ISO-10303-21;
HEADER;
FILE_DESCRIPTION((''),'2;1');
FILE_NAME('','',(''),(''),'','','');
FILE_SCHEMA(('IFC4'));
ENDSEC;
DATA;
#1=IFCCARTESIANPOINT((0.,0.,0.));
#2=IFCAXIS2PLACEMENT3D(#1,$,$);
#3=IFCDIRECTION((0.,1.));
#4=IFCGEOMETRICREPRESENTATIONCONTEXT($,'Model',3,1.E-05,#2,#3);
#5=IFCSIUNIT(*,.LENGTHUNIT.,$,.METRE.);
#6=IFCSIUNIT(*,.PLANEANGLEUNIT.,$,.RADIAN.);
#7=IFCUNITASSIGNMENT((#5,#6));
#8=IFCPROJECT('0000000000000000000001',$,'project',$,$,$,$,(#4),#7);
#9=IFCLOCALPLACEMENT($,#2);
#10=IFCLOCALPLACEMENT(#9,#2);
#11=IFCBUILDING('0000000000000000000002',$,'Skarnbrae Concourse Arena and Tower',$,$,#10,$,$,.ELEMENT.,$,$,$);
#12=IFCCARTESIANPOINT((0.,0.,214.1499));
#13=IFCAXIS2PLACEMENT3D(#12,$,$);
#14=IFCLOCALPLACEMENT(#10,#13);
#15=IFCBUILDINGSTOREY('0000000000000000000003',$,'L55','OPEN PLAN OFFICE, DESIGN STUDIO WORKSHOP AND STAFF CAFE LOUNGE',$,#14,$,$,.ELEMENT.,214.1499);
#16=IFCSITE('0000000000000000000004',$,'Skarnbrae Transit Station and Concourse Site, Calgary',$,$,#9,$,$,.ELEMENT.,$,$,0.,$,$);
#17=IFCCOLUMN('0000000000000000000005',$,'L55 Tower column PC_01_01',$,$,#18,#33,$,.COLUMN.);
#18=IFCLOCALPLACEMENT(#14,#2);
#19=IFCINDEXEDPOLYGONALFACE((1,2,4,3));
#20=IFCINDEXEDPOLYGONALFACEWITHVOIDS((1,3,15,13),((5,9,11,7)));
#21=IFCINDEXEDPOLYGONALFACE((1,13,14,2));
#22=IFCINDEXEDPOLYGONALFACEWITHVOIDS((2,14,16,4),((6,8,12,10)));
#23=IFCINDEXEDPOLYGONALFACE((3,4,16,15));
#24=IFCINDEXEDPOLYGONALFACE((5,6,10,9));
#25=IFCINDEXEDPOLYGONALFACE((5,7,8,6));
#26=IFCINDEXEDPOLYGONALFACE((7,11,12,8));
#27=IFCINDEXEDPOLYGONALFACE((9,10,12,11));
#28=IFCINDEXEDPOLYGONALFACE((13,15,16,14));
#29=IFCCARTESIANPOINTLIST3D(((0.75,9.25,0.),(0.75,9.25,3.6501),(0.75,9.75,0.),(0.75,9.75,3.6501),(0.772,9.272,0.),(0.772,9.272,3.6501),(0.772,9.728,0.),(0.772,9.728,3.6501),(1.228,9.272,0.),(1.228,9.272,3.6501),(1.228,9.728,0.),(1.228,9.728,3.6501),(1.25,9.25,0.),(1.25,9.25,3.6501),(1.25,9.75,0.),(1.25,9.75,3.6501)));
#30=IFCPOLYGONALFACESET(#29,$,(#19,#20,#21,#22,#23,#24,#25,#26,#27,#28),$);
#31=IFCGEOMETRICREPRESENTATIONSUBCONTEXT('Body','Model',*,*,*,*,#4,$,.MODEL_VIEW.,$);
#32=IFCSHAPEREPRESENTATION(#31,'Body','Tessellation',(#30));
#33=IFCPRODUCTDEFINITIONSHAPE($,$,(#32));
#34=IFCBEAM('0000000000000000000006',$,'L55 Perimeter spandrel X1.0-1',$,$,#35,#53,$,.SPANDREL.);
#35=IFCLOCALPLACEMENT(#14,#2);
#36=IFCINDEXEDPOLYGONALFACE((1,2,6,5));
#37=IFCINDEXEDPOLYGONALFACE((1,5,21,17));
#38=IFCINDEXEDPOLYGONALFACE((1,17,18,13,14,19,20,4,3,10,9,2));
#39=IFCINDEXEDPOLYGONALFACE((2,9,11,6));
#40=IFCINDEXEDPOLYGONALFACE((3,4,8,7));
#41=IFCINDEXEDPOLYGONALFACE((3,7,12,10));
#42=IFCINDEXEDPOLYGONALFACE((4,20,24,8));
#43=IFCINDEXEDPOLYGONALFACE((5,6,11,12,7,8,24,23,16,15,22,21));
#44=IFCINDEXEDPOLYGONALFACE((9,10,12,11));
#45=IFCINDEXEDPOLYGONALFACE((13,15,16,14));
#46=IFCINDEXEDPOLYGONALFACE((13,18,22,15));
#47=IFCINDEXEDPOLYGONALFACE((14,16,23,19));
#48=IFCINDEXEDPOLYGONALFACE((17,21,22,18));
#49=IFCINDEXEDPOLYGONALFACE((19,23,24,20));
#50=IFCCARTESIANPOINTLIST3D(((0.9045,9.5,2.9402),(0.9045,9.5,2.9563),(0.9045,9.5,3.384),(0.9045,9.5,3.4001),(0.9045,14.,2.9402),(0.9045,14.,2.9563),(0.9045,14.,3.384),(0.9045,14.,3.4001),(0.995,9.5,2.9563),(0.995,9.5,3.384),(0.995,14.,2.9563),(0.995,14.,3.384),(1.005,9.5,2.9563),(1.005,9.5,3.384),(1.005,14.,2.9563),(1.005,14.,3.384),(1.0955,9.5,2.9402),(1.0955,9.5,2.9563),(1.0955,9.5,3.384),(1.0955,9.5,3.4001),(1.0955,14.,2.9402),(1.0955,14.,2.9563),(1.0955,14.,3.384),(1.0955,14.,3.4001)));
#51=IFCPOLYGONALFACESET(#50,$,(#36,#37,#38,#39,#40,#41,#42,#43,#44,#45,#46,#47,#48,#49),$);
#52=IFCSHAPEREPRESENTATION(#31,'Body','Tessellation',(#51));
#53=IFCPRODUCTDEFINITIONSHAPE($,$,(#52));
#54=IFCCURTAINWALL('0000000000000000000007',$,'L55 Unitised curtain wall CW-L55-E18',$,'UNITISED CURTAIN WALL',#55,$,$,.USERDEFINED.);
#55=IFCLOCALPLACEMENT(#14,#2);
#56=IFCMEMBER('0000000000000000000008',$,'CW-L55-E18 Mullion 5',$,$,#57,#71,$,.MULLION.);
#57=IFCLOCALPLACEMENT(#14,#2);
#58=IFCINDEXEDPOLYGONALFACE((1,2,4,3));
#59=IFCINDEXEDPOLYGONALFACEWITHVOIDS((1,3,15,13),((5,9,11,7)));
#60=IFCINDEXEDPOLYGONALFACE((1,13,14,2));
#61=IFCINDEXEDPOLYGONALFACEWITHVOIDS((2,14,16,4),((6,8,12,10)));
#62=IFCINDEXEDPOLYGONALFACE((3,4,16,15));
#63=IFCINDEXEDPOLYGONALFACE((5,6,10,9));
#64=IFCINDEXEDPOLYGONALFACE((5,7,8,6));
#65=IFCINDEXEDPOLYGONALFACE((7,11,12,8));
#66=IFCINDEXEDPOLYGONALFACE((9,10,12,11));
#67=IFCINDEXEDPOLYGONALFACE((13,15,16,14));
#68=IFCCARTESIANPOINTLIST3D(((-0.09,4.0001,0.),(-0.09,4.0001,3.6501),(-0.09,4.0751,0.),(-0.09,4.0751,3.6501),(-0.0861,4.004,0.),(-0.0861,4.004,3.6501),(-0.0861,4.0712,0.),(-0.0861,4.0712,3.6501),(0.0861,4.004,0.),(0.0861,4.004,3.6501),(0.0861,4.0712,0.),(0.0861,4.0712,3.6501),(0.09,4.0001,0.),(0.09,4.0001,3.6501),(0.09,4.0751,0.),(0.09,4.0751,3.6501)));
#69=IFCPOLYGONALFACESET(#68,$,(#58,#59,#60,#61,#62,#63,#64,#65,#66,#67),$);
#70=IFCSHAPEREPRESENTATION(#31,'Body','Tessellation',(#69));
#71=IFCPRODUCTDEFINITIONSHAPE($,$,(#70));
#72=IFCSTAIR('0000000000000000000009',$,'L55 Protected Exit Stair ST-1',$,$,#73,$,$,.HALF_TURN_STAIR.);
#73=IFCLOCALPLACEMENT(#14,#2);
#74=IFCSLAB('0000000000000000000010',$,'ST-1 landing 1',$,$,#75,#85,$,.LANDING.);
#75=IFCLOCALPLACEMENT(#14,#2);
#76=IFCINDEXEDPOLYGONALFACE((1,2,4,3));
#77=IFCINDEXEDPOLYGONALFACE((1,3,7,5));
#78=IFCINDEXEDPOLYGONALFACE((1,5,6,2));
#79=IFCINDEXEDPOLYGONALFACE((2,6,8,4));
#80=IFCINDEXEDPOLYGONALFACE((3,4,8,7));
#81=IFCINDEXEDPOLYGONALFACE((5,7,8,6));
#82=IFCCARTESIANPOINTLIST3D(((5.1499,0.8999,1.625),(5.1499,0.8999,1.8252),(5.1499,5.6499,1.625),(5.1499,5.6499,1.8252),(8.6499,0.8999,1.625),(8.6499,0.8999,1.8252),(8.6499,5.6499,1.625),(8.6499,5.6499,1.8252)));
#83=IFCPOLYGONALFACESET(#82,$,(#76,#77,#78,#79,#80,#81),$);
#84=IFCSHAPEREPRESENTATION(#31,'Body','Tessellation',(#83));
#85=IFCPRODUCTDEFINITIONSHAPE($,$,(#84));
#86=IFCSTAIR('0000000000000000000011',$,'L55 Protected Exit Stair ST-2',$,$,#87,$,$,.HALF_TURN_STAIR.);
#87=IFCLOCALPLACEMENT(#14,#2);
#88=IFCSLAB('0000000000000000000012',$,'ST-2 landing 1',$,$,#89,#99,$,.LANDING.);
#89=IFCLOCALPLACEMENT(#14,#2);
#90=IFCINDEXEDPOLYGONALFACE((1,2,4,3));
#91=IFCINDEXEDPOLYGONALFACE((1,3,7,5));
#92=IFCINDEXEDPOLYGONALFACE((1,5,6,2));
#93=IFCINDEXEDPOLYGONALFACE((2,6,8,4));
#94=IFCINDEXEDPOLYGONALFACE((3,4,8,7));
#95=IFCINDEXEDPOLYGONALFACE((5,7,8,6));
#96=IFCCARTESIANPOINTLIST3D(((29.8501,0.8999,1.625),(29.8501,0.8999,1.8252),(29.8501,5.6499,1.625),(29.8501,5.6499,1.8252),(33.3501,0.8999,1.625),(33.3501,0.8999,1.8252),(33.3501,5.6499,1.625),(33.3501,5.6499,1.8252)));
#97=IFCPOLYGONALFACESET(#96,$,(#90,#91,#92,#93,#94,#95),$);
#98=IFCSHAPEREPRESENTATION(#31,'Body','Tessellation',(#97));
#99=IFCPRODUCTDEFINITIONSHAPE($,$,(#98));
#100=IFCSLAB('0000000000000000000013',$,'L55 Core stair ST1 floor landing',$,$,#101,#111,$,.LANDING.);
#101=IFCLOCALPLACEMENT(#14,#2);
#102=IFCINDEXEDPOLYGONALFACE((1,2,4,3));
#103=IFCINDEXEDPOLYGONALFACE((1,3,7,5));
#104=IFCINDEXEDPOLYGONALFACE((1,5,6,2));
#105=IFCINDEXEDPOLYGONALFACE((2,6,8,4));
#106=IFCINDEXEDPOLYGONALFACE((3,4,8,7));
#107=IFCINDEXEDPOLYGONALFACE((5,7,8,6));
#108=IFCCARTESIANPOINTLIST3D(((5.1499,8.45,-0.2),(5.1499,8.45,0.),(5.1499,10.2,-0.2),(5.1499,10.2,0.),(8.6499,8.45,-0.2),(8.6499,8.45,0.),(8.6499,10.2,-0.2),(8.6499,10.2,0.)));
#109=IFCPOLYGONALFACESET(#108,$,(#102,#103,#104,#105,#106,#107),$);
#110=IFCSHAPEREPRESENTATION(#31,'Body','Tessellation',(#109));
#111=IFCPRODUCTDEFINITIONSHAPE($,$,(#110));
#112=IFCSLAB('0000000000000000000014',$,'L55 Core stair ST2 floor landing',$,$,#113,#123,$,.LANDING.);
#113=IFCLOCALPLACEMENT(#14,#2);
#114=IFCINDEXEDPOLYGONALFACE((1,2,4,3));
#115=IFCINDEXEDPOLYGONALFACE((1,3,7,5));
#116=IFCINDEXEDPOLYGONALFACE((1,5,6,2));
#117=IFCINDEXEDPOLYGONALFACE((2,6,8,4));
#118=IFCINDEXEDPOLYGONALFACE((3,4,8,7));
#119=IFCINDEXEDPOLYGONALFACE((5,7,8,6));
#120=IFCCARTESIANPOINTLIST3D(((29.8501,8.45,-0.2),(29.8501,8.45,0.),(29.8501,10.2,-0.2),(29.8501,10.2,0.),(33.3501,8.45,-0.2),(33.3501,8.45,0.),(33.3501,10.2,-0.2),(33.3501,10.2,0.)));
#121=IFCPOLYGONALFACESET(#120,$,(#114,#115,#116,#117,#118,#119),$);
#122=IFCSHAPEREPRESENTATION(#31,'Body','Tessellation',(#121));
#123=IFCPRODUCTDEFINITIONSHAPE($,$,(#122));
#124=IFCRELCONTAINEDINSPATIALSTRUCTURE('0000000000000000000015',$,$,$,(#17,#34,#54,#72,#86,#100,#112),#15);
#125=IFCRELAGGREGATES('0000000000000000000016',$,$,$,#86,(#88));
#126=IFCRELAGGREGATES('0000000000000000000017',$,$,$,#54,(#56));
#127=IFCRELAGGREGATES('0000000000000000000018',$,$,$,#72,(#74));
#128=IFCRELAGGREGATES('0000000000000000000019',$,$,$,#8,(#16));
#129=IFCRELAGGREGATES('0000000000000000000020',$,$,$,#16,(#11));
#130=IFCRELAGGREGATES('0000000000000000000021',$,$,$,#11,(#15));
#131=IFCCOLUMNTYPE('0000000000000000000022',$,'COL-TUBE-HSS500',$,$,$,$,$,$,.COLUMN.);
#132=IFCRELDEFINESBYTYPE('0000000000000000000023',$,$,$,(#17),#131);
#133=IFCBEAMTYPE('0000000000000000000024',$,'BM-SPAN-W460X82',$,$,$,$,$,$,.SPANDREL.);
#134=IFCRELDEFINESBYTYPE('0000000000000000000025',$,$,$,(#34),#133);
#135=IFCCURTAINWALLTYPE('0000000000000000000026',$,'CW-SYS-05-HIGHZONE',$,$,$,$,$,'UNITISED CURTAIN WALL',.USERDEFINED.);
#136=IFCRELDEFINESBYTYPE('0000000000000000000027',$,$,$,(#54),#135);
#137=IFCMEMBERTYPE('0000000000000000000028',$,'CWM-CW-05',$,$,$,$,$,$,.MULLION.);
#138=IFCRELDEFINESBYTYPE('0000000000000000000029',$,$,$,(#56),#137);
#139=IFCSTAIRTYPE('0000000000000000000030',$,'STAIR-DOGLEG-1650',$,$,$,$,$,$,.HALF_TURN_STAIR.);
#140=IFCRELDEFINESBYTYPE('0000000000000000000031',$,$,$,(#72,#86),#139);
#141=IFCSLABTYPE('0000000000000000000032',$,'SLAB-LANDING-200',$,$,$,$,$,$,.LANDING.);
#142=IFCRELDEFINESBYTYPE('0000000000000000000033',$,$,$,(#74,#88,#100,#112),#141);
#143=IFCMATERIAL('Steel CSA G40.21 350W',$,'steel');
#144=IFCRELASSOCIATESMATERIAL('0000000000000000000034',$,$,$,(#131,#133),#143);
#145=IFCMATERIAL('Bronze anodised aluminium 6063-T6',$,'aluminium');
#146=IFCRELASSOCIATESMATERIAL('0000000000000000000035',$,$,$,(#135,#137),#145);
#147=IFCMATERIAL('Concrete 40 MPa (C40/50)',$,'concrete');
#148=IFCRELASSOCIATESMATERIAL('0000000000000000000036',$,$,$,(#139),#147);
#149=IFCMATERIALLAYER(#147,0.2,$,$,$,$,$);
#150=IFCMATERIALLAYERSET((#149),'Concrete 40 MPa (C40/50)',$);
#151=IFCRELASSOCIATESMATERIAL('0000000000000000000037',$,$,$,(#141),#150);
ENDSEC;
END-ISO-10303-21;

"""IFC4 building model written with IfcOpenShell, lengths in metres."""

from ifc_helpers import new_model, si_unit, direction, frame, origin, origin_2d, place, context, subcontext, project, spatial, polyline, hollow_rectangle, i_section, outline, extrude, source, transform, mapped, material, layer, layer_set, material_profile, profile_set, type_object, element, aggregate, save


model = new_model("IFC4")

# Units and contexts
model_context = context("Model", 3, precision=1e-05, world=origin(), true_north=direction((0.0, 1.0)))
body_context = subcontext(model_context, "Body", "Model", "MODEL_VIEW")
ifc_project = project(units=[si_unit("LENGTHUNIT", "METRE"), si_unit("PLANEANGLEUNIT", "RADIAN")], contexts=[model_context])

# Site, building, storey
site_placement = place(None, origin())
site = spatial("IfcSite", under=ifc_project, at=site_placement, Name="Skarnbrae Transit Station and Concourse Site, Calgary", CompositionType="ELEMENT", RefElevation=0.0)
building_placement = place(site_placement, origin())
building = spatial("IfcBuilding", under=site, at=building_placement, Name="Skarnbrae Concourse Arena and Tower", CompositionType="ELEMENT")
storey_placement = place(building_placement, frame((0.0, 0.0, 214.1499)))
storey = spatial("IfcBuildingStorey", under=building, at=storey_placement, Name="L55", Description="OPEN PLAN OFFICE, DESIGN STUDIO WORKSHOP AND STAFF CAFE LOUNGE", CompositionType="ELEMENT", Elevation=214.1499)

# Column
ifc_material_1 = material(Name="Steel CSA G40.21 350W", Category="steel")
ifc_material_profile_1 = material_profile(ifc_material_1, hollow_rectangle(XDim=0.5, YDim=0.5, WallThickness=0.022, at=origin_2d()), Name="HSS500X500X22.0")
ifc_profile_set_1 = profile_set([ifc_material_profile_1], Name="Steel CSA G40.21 350W")
column_type = type_object("IfcColumnType", Name="COL-TUBE-HSS500", PredefinedType="COLUMN", material=ifc_profile_set_1)
shared_shape_1 = source(origin(), body_context, "Body", "SweptSolid", [
    extrude(hollow_rectangle(XDim=0.5, YDim=0.5, WallThickness=0.022, at=origin_2d()), origin(), (0.0, 0.0, 1.0), 3.6501),
])
column_placement = place(storey_placement, frame((1.0, 9.5, 0.0), z_axis=(0.0, 0.0, 1.0), x_axis=(1.0, 0.0, 0.0)))
element("IfcColumn", 1, at=column_placement, inside=storey, type_object=column_type, Name="L55 Tower column PC_01_01", PredefinedType="COLUMN", context=body_context, shape_type="MappedRepresentation", body=[
    mapped(shared_shape_1, transform((0.0, 0.0, 0.0))),
])

# Beam
ifc_material_profile_2 = material_profile(ifc_material_1, i_section(OverallWidth=0.1909, OverallDepth=0.46, WebThickness=0.01, FlangeThickness=0.0161, at=origin_2d()), Name="W460X82")
ifc_profile_set_2 = profile_set([ifc_material_profile_2], Name="Steel CSA G40.21 350W")
beam_type = type_object("IfcBeamType", Name="BM-SPAN-W460X82", PredefinedType="SPANDREL", material=ifc_profile_set_2)
shared_shape_2 = source(origin(), body_context, "Body", "SweptSolid", [
    extrude(i_section(OverallWidth=0.1909, OverallDepth=0.46, WebThickness=0.01, FlangeThickness=0.0161, at=origin_2d()), origin(), (0.0, 0.0, 1.0), 4.5),
])
beam_placement = place(storey_placement, frame((1.0, 9.5, 3.1702), z_axis=(0.0, 1.0, 0.0), x_axis=(-1.0, 0.0, 0.0)))
element("IfcBeam", 2, at=beam_placement, inside=storey, type_object=beam_type, Name="L55 Perimeter spandrel X1.0-1", PredefinedType="SPANDREL", context=body_context, shape_type="MappedRepresentation", body=[
    mapped(shared_shape_2, transform((0.0, 0.0, 0.0))),
])

# Curtain wall, member
ifc_material_2 = material(Name="Bronze anodised aluminium 6063-T6", Category="aluminium")
curtain_wall_type = type_object("IfcCurtainWallType", Name="CW-SYS-05-HIGHZONE", ElementType="UNITISED CURTAIN WALL", PredefinedType="USERDEFINED", material=ifc_material_2)
curtain_wall_placement = place(storey_placement, origin())
curtain_wall = element("IfcCurtainWall", 3, at=curtain_wall_placement, inside=storey, type_object=curtain_wall_type, Name="L55 Unitised curtain wall CW-L55-E18", ObjectType="UNITISED CURTAIN WALL", PredefinedType="USERDEFINED")
ifc_material_profile_3 = material_profile(ifc_material_2, hollow_rectangle(XDim=0.075, YDim=0.1799, WallThickness=0.0039, at=origin_2d()), Name="ALU-MULL-75X180")
ifc_profile_set_3 = profile_set([ifc_material_profile_3], Name="Bronze anodised aluminium 6063-T6")
member_type = type_object("IfcMemberType", Name="CWM-CW-05", PredefinedType="MULLION", material=ifc_profile_set_3)
shared_shape_3 = source(origin(), body_context, "Body", "SweptSolid", [
    extrude(hollow_rectangle(XDim=0.075, YDim=0.1799, WallThickness=0.0039, at=origin_2d()), origin(), (0.0, 0.0, 1.0), 3.6501),
])
member_placement = place(storey_placement, frame((0.0, 4.0376, 0.0), z_axis=(0.0, 0.0, 1.0), x_axis=(0.0, -1.0, 0.0)))
member = element("IfcMember", 4, at=member_placement, type_object=member_type, Name="CW-L55-E18 Mullion 5", PredefinedType="MULLION", context=body_context, shape_type="MappedRepresentation", body=[
    mapped(shared_shape_3, transform((0.0, 0.0, 0.0))),
])

# Stairs, slabs
ifc_material_3 = material(Name="Concrete 40 MPa (C40/50)", Category="concrete")
stair_type = type_object("IfcStairType", Name="STAIR-DOGLEG-1650", PredefinedType="HALF_TURN_STAIR", material=ifc_material_3)
stair_1_placement = place(storey_placement, origin())
stair_1 = element("IfcStair", 5, at=stair_1_placement, inside=storey, type_object=stair_type, Name="L55 Protected Exit Stair ST-1", PredefinedType="HALF_TURN_STAIR")
ifc_layer_1 = layer(ifc_material_3, 0.2)
ifc_layer_set_1 = layer_set([ifc_layer_1], Name="Concrete 40 MPa (C40/50)")
slab_type_1 = type_object("IfcSlabType", Name="SLAB-LANDING-200", PredefinedType="LANDING", material=ifc_layer_set_1)
slab_1_placement = place(storey_placement, frame((0.0, 0.0, 1.625)))
slab_1 = element("IfcSlab", 6, at=slab_1_placement, type_object=slab_type_1, Name="ST-1 landing 1", PredefinedType="LANDING", context=body_context, shape_type="SweptSolid", body=[
    extrude(outline(polyline([(5.1499, 5.6499), (5.1499, 0.8999), (8.6499, 0.8999), (8.6499, 5.6499), (5.1499, 5.6499)])), origin(), (0.0, 0.0, 1.0), 0.2002),
])
stair_2_placement = place(storey_placement, origin())
stair_2 = element("IfcStair", 7, at=stair_2_placement, inside=storey, type_object=stair_type, Name="L55 Protected Exit Stair ST-2", PredefinedType="HALF_TURN_STAIR")
slab_2_placement = place(storey_placement, frame((0.0, 0.0, 1.625)))
slab_2 = element("IfcSlab", 8, at=slab_2_placement, type_object=slab_type_1, Name="ST-2 landing 1", PredefinedType="LANDING", context=body_context, shape_type="SweptSolid", body=[
    extrude(outline(polyline([(29.8501, 5.6499), (29.8501, 0.8999), (33.3501, 0.8999), (33.3501, 5.6499), (29.8501, 5.6499)])), origin(), (0.0, 0.0, 1.0), 0.2002),
])
aggregate(stair_2, [slab_2])

# Slabs
slab_3_placement = place(storey_placement, frame((0.0, 0.0, -0.2)))
element("IfcSlab", 9, at=slab_3_placement, inside=storey, type_object=slab_type_1, Name="L55 Core stair ST1 floor landing", PredefinedType="LANDING", context=body_context, shape_type="SweptSolid", body=[
    extrude(outline(polyline([(5.1499, 10.2), (5.1499, 8.45), (8.6499, 8.45), (8.6499, 10.2), (5.1499, 10.2)])), origin(), (0.0, 0.0, 1.0), 0.2),
])
slab_4_placement = place(storey_placement, frame((0.0, 0.0, -0.2)))
element("IfcSlab", 10, at=slab_4_placement, inside=storey, type_object=slab_type_1, Name="L55 Core stair ST2 floor landing", PredefinedType="LANDING", context=body_context, shape_type="SweptSolid", body=[
    extrude(outline(polyline([(29.8501, 10.2), (29.8501, 8.45), (33.3501, 8.45), (33.3501, 10.2), (29.8501, 10.2)])), origin(), (0.0, 0.0, 1.0), 0.2),
])

aggregate(curtain_wall, [member])

aggregate(stair_1, [slab_1])

save(model, "model.ifc")
